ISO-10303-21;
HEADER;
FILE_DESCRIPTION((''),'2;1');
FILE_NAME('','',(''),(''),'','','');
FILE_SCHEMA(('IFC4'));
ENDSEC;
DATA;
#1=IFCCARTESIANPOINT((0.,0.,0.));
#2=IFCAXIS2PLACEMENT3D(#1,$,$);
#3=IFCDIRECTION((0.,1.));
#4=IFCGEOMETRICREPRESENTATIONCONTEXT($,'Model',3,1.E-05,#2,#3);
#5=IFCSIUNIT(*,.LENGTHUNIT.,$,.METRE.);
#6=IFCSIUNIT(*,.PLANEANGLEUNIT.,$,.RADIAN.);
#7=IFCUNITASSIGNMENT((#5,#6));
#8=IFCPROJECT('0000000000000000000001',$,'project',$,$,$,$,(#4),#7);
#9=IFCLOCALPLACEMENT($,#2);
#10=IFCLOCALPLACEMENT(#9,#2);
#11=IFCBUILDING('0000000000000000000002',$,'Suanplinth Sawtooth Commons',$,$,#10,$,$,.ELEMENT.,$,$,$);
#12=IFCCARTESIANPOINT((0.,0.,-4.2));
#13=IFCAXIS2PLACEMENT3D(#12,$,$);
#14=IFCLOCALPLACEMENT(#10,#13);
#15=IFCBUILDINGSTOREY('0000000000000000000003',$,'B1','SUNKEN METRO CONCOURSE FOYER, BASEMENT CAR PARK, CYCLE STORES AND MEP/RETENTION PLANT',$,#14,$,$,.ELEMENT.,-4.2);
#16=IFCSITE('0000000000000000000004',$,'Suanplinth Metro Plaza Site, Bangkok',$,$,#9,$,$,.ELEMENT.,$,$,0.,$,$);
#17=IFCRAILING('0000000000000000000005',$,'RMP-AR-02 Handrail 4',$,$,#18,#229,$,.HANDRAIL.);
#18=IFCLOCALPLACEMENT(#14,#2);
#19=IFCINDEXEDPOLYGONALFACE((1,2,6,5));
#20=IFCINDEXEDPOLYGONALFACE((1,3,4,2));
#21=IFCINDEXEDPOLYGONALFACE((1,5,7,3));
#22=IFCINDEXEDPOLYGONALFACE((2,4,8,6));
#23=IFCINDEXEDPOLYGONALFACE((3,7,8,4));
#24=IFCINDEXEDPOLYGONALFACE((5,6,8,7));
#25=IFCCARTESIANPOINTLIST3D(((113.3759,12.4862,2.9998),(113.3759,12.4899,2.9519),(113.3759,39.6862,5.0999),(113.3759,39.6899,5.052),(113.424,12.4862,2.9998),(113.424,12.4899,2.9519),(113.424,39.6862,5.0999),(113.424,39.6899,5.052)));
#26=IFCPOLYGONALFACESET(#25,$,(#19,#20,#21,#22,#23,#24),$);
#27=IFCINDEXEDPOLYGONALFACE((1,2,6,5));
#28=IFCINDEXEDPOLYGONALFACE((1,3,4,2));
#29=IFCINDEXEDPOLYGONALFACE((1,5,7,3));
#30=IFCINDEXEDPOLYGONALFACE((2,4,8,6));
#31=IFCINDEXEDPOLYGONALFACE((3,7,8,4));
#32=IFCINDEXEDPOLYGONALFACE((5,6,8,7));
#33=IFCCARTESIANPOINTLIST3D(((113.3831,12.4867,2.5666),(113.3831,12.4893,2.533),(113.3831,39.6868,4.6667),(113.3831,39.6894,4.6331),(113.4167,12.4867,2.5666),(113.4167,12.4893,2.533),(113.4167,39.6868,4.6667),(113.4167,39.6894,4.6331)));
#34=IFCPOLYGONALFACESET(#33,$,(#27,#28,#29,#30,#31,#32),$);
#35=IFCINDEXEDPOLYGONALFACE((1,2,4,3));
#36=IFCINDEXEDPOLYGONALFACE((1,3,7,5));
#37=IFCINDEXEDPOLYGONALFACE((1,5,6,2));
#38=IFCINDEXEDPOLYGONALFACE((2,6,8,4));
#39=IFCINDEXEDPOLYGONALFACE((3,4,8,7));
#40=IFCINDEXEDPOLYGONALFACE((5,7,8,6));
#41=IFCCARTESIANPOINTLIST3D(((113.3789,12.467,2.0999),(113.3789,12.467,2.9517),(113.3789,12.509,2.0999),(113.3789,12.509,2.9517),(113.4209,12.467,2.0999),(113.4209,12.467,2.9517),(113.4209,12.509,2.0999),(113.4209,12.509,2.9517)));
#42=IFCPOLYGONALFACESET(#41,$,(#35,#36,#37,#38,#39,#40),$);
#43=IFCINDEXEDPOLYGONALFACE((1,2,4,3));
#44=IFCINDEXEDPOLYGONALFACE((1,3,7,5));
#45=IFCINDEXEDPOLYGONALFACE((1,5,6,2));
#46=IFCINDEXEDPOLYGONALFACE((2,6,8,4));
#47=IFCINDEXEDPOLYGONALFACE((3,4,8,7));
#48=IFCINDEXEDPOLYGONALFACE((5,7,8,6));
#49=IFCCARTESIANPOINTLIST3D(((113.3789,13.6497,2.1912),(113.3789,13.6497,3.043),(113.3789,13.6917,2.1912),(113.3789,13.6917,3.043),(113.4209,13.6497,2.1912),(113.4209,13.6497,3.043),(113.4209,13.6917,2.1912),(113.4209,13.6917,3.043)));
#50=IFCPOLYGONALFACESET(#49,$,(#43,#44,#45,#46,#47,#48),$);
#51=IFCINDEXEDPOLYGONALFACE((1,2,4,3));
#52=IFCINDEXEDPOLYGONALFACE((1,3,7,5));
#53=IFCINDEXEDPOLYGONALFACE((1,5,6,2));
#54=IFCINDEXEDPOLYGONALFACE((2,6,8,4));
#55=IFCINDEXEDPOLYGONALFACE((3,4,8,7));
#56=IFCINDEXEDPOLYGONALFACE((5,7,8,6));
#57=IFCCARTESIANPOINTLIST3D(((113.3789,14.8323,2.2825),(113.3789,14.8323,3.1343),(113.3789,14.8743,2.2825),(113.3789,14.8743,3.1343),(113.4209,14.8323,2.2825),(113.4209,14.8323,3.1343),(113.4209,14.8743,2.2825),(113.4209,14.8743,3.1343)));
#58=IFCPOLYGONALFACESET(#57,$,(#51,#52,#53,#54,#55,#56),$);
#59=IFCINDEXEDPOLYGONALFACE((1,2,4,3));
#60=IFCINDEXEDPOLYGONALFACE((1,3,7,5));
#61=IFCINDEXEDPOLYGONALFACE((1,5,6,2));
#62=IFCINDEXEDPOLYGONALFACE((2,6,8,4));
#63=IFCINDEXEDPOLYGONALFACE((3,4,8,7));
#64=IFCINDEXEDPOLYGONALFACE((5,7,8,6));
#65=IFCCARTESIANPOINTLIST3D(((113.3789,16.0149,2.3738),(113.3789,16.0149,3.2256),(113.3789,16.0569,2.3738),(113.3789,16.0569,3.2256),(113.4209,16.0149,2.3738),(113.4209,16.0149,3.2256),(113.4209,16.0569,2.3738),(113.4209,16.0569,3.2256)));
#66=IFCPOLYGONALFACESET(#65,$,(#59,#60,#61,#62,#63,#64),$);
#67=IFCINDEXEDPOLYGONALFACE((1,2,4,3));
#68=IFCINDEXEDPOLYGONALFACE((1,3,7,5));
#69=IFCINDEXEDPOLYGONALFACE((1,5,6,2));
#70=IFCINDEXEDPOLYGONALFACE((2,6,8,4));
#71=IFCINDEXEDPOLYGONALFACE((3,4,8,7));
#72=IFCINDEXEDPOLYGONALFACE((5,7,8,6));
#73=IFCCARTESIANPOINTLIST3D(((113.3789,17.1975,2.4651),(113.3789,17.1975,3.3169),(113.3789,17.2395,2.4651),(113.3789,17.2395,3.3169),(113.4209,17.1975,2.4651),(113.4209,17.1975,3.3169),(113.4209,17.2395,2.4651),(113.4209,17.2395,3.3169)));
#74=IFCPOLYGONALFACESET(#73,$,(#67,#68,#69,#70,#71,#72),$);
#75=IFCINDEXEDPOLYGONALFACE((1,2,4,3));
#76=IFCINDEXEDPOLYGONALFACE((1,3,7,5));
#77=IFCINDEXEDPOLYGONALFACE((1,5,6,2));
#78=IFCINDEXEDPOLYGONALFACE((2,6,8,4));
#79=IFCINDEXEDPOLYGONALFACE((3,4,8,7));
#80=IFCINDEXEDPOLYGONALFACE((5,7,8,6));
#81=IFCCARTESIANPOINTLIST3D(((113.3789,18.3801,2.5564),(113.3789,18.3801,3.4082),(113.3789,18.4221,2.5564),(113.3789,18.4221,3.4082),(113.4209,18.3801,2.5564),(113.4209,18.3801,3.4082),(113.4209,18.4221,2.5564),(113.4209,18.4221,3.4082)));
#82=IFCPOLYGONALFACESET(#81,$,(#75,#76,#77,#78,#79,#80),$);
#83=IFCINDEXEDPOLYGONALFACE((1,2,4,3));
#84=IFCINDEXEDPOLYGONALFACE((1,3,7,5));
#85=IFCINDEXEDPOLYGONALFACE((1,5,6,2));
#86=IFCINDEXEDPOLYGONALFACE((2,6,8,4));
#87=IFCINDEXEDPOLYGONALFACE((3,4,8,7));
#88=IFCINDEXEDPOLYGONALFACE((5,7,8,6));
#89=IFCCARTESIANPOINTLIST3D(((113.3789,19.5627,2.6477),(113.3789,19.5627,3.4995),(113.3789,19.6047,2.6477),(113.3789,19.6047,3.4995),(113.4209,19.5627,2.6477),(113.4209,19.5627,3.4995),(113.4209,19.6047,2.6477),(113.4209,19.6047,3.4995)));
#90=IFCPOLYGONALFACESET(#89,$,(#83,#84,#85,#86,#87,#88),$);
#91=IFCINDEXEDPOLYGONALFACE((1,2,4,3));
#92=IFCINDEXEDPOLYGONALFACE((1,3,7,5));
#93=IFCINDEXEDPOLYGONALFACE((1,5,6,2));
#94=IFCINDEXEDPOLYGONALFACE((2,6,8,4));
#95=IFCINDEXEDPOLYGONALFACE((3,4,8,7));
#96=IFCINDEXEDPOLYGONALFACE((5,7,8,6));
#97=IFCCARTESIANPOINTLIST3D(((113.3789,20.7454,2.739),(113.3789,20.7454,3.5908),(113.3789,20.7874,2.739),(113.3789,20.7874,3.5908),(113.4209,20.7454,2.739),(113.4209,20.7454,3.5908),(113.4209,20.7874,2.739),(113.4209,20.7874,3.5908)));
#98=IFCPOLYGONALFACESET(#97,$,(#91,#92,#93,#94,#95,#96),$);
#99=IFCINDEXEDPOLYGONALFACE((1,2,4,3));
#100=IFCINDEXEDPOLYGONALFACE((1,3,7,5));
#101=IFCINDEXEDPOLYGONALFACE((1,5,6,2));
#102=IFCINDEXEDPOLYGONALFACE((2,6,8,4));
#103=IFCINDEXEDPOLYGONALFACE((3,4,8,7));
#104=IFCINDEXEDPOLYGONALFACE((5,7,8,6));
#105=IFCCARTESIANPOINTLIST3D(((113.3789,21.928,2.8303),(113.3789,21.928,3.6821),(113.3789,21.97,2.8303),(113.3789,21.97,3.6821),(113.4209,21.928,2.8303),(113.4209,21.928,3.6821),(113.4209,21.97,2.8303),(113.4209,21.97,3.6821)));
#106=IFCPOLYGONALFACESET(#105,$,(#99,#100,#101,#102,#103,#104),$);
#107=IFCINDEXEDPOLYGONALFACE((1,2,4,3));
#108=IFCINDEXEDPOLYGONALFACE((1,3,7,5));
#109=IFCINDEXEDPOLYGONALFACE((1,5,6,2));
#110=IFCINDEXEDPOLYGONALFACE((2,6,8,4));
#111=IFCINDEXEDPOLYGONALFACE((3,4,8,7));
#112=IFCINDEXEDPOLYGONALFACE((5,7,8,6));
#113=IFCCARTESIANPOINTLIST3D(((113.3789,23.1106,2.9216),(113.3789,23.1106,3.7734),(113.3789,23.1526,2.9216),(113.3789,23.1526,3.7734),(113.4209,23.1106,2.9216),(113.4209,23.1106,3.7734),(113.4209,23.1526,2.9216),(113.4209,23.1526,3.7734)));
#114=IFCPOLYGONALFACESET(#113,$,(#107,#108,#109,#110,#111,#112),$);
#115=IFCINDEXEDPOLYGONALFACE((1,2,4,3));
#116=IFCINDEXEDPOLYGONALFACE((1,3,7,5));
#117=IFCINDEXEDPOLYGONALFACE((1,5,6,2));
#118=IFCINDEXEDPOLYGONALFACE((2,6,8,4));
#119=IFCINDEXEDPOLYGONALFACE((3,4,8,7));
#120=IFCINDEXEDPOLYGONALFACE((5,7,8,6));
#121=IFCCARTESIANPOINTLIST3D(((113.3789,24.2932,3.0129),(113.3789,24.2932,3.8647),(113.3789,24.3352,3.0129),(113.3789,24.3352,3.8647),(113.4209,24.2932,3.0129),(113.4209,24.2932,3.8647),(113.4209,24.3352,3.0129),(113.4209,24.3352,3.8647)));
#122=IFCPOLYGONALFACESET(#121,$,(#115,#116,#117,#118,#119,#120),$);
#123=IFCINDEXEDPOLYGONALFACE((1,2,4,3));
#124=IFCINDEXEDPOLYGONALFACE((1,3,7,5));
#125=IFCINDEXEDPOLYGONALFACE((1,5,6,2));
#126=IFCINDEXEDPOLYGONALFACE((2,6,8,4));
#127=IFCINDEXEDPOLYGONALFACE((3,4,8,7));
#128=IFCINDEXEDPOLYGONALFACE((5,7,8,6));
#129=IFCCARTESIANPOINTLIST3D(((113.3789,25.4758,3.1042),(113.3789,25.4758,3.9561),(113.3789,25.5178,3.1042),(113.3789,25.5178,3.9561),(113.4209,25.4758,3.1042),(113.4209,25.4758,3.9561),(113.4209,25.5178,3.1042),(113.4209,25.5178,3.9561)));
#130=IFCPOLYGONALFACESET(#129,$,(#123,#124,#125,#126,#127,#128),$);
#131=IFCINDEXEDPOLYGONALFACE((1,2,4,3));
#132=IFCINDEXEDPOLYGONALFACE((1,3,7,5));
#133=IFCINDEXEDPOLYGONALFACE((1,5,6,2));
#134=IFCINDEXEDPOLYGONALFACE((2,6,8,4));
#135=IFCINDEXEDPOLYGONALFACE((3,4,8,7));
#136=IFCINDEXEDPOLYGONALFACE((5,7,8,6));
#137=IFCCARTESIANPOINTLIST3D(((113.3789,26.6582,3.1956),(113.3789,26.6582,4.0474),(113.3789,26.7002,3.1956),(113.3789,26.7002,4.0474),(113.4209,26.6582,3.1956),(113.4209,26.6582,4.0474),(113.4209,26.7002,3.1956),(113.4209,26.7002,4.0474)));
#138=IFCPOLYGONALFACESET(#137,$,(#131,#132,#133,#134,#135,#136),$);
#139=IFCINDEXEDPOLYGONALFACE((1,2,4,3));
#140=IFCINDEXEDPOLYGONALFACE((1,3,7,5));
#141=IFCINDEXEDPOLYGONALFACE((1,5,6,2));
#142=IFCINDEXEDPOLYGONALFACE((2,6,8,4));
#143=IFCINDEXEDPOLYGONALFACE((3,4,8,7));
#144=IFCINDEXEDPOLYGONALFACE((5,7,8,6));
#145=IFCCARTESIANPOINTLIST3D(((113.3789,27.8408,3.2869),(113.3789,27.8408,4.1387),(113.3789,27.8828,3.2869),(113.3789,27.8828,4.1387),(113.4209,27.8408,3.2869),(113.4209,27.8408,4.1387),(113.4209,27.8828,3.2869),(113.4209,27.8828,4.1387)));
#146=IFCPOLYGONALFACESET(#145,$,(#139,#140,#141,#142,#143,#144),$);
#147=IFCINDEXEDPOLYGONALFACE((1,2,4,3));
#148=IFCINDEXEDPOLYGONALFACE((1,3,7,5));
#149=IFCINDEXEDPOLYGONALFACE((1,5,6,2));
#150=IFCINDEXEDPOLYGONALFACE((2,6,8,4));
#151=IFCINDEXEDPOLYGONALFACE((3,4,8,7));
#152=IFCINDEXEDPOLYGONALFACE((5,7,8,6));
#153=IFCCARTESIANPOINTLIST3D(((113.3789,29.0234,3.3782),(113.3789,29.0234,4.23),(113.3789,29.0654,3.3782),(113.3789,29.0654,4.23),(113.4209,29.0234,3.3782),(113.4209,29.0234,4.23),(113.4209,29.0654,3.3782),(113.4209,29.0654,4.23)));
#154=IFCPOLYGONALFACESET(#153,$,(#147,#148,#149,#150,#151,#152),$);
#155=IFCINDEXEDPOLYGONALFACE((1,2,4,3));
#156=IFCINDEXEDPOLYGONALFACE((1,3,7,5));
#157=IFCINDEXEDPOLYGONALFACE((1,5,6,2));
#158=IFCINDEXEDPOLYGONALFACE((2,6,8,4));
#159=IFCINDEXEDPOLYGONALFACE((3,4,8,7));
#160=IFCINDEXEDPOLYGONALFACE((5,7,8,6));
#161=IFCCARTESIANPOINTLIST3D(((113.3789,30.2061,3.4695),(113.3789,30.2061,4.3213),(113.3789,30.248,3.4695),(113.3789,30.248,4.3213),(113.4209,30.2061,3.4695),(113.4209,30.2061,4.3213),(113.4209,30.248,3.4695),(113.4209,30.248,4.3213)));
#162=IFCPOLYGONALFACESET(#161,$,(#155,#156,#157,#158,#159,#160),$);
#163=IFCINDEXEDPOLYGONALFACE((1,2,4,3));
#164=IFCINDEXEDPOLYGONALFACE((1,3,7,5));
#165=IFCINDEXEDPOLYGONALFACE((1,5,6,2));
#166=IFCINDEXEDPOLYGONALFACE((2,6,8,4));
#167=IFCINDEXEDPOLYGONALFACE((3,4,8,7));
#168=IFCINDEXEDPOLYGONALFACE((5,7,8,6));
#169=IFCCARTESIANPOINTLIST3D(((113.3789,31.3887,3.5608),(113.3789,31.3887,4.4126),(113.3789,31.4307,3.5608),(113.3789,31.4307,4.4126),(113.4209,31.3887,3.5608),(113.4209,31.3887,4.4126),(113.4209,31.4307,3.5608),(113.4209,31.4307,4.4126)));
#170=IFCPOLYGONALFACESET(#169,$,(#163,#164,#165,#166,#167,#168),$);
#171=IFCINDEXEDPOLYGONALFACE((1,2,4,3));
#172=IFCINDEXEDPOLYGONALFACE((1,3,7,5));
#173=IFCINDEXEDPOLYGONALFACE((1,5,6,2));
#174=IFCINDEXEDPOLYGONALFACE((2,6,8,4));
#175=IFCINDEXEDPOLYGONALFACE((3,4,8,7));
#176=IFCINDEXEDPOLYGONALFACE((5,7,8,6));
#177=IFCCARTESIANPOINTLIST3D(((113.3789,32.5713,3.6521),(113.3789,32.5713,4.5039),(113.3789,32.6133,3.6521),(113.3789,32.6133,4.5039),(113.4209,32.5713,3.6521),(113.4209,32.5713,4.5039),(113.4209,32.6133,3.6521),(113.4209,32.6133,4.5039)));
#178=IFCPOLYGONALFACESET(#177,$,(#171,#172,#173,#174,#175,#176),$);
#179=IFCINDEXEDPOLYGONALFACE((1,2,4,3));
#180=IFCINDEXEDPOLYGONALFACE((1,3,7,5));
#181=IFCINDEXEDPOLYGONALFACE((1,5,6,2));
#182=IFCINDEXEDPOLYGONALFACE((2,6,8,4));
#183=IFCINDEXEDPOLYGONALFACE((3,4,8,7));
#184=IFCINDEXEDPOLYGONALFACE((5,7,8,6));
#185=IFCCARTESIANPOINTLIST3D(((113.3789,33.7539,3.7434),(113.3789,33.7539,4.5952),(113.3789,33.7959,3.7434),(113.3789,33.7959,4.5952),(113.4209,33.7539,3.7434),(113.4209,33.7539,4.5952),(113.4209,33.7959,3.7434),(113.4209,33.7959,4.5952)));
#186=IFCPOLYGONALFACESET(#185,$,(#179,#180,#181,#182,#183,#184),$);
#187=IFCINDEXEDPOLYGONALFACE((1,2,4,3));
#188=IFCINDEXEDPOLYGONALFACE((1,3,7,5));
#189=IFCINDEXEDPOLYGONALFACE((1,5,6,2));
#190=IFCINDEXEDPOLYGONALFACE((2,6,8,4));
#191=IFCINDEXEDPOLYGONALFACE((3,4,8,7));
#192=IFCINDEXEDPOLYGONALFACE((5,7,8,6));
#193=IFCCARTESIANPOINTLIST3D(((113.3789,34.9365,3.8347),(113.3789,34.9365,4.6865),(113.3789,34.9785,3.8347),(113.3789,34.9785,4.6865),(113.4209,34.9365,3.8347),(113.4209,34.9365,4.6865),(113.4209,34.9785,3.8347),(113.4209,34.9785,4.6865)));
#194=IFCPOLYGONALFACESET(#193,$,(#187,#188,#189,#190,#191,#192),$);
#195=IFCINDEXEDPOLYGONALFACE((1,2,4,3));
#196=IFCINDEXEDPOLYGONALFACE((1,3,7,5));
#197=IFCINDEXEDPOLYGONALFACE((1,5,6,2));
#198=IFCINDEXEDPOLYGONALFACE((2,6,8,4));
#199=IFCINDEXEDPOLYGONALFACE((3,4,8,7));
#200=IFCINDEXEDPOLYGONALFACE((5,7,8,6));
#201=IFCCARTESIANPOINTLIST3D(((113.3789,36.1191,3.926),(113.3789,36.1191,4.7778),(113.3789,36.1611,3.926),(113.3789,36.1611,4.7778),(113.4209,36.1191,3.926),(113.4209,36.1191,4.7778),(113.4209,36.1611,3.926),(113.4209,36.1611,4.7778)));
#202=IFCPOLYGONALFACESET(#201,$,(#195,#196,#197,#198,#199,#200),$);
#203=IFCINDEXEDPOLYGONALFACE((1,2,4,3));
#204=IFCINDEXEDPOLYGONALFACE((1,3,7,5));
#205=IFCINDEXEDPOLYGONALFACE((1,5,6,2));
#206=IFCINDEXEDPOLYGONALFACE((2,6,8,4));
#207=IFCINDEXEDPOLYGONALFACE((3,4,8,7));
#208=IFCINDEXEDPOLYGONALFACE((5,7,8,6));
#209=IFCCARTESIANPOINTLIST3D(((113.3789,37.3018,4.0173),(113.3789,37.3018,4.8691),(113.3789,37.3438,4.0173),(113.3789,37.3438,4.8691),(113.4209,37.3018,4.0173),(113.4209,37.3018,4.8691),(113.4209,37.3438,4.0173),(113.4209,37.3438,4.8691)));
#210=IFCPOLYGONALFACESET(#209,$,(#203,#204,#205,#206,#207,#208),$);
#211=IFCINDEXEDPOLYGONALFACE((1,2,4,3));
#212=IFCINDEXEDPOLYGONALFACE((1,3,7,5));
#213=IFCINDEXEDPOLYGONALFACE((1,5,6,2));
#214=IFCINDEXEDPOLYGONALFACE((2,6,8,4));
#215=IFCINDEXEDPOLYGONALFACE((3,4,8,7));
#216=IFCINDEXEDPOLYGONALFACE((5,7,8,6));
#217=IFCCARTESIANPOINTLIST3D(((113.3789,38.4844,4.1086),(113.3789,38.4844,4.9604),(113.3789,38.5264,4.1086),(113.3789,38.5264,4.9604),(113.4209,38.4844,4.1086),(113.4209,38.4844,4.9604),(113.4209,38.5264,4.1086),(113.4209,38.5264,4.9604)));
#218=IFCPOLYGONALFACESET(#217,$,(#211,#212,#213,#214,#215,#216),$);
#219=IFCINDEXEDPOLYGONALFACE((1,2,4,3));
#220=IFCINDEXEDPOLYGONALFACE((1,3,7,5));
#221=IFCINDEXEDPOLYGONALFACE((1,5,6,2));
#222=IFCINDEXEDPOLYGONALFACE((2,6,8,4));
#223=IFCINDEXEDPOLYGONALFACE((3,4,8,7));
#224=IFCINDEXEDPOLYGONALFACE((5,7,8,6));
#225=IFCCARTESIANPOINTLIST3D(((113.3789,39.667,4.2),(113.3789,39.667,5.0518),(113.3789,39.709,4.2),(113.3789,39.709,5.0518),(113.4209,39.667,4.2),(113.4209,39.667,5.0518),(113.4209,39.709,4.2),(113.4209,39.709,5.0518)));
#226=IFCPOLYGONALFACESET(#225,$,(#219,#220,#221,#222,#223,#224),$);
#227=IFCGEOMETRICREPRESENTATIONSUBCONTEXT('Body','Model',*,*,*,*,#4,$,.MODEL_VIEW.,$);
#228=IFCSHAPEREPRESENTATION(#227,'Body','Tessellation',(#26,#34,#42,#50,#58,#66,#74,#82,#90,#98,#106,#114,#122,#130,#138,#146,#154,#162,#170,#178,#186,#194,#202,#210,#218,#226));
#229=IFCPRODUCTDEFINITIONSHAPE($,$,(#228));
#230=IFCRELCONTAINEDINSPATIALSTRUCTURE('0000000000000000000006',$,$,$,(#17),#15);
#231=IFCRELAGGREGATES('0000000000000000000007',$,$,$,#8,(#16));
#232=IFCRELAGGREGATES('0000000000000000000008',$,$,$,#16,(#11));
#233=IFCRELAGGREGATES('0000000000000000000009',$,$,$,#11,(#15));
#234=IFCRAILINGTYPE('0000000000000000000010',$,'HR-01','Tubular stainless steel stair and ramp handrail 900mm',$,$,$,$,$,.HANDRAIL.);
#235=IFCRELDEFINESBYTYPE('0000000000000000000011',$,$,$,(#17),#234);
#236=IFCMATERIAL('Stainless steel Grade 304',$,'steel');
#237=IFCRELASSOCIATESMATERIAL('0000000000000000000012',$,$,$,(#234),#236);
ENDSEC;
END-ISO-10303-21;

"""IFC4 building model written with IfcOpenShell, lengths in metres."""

from ifc_helpers import new_model, si_unit, direction, frame, origin, origin_2d, place, context, subcontext, project, spatial, rectangle, extrude, material, type_object, element, save


model = new_model("IFC4")

# Units and contexts
model_context = context("Model", 3, precision=1e-05, world=origin(), true_north=direction((0.0, 1.0)))
body_context = subcontext(model_context, "Body", "Model", "MODEL_VIEW")
ifc_project = project(units=[si_unit("LENGTHUNIT", "METRE"), si_unit("PLANEANGLEUNIT", "RADIAN")], contexts=[model_context])

# Site, building, storey
site_placement = place(None, origin())
site = spatial("IfcSite", under=ifc_project, at=site_placement, Name="Suanplinth Metro Plaza Site, Bangkok", CompositionType="ELEMENT", RefElevation=0.0)
building_placement = place(site_placement, origin())
building = spatial("IfcBuilding", under=site, at=building_placement, Name="Suanplinth Sawtooth Commons", CompositionType="ELEMENT")
storey_placement = place(building_placement, frame((0.0, 0.0, -4.2)))
storey = spatial("IfcBuildingStorey", under=building, at=storey_placement, Name="B1", Description="SUNKEN METRO CONCOURSE FOYER, BASEMENT CAR PARK, CYCLE STORES AND MEP/RETENTION PLANT", CompositionType="ELEMENT", Elevation=-4.2)

# Railing
ifc_material_1 = material(Name="Stainless steel Grade 304", Category="steel")
railing_type_1 = type_object("IfcRailingType", Name="HR-01", Description="Tubular stainless steel stair and ramp handrail 900mm", PredefinedType="HANDRAIL", material=ifc_material_1)
railing_1_placement = place(storey_placement, frame((113.3999, 12.488, 2.0999)))
element("IfcRailing", 1, at=railing_1_placement, inside=storey, type_object=railing_type_1, Name="RMP-AR-02 Handrail 4", PredefinedType="HANDRAIL", context=body_context, shape_type="SweptSolid", body=[
    extrude(rectangle(XDim=0.0481, YDim=0.0481, at=origin_2d()), frame((0.0, 0.0, 0.876), z_axis=(0.0, 0.997033, 0.07698), x_axis=(-1.0, 0.0, 0.0)), (0.0, 0.0, 1.0), 27.281),
    extrude(rectangle(XDim=0.0337, YDim=0.0337, at=origin_2d()), frame((0.0, 0.0, 0.45), z_axis=(0.0, 0.997033, 0.07698), x_axis=(-1.0, 0.0, 0.0)), (0.0, 0.0, 1.0), 27.281),
    extrude(rectangle(XDim=0.042, YDim=0.042, at=origin_2d()), origin(), (0.0, 0.0, 1.0), 0.8518),
    extrude(rectangle(XDim=0.042, YDim=0.042, at=origin_2d()), frame((0.0, 1.1826, 0.0913)), (0.0, 0.0, 1.0), 0.8518),
    extrude(rectangle(XDim=0.042, YDim=0.042, at=origin_2d()), frame((0.0, 2.3652, 0.1826)), (0.0, 0.0, 1.0), 0.8518),
    extrude(rectangle(XDim=0.042, YDim=0.042, at=origin_2d()), frame((0.0, 3.5479, 0.2739)), (0.0, 0.0, 1.0), 0.8518),
    extrude(rectangle(XDim=0.042, YDim=0.042, at=origin_2d()), frame((0.0, 4.7305, 0.3652)), (0.0, 0.0, 1.0), 0.8518),
    extrude(rectangle(XDim=0.042, YDim=0.042, at=origin_2d()), frame((0.0, 5.9131, 0.4565)), (0.0, 0.0, 1.0), 0.8518),
    extrude(rectangle(XDim=0.042, YDim=0.042, at=origin_2d()), frame((0.0, 7.0957, 0.5479)), (0.0, 0.0, 1.0), 0.8518),
    extrude(rectangle(XDim=0.042, YDim=0.042, at=origin_2d()), frame((0.0, 8.2783, 0.6392)), (0.0, 0.0, 1.0), 0.8518),
    extrude(rectangle(XDim=0.042, YDim=0.042, at=origin_2d()), frame((0.0, 9.4609, 0.7305)), (0.0, 0.0, 1.0), 0.8518),
    extrude(rectangle(XDim=0.042, YDim=0.042, at=origin_2d()), frame((0.0, 10.6436, 0.8218)), (0.0, 0.0, 1.0), 0.8518),
    extrude(rectangle(XDim=0.042, YDim=0.042, at=origin_2d()), frame((0.0, 11.8262, 0.9131)), (0.0, 0.0, 1.0), 0.8518),
    extrude(rectangle(XDim=0.042, YDim=0.042, at=origin_2d()), frame((0.0, 13.0088, 1.0044)), (0.0, 0.0, 1.0), 0.8518),
    extrude(rectangle(XDim=0.042, YDim=0.042, at=origin_2d()), frame((0.0, 14.1912, 1.0957)), (0.0, 0.0, 1.0), 0.8518),
    extrude(rectangle(XDim=0.042, YDim=0.042, at=origin_2d()), frame((0.0, 15.3738, 1.187)), (0.0, 0.0, 1.0), 0.8518),
    extrude(rectangle(XDim=0.042, YDim=0.042, at=origin_2d()), frame((0.0, 16.5564, 1.2783)), (0.0, 0.0, 1.0), 0.8518),
    extrude(rectangle(XDim=0.042, YDim=0.042, at=origin_2d()), frame((0.0, 17.739, 1.3696)), (0.0, 0.0, 1.0), 0.8518),
    extrude(rectangle(XDim=0.042, YDim=0.042, at=origin_2d()), frame((0.0, 18.9216, 1.4609)), (0.0, 0.0, 1.0), 0.8518),
    extrude(rectangle(XDim=0.042, YDim=0.042, at=origin_2d()), frame((0.0, 20.1042, 1.5522)), (0.0, 0.0, 1.0), 0.8518),
    extrude(rectangle(XDim=0.042, YDim=0.042, at=origin_2d()), frame((0.0, 21.2869, 1.6436)), (0.0, 0.0, 1.0), 0.8518),
    extrude(rectangle(XDim=0.042, YDim=0.042, at=origin_2d()), frame((0.0, 22.4695, 1.7349)), (0.0, 0.0, 1.0), 0.8518),
    extrude(rectangle(XDim=0.042, YDim=0.042, at=origin_2d()), frame((0.0, 23.6521, 1.8262)), (0.0, 0.0, 1.0), 0.8518),
    extrude(rectangle(XDim=0.042, YDim=0.042, at=origin_2d()), frame((0.0, 24.8347, 1.9175)), (0.0, 0.0, 1.0), 0.8518),
    extrude(rectangle(XDim=0.042, YDim=0.042, at=origin_2d()), frame((0.0, 26.0173, 2.0088)), (0.0, 0.0, 1.0), 0.8518),
    extrude(rectangle(XDim=0.042, YDim=0.042, at=origin_2d()), frame((0.0, 27.2, 2.1001)), (0.0, 0.0, 1.0), 0.8518),
])

save(model, "model.ifc")
